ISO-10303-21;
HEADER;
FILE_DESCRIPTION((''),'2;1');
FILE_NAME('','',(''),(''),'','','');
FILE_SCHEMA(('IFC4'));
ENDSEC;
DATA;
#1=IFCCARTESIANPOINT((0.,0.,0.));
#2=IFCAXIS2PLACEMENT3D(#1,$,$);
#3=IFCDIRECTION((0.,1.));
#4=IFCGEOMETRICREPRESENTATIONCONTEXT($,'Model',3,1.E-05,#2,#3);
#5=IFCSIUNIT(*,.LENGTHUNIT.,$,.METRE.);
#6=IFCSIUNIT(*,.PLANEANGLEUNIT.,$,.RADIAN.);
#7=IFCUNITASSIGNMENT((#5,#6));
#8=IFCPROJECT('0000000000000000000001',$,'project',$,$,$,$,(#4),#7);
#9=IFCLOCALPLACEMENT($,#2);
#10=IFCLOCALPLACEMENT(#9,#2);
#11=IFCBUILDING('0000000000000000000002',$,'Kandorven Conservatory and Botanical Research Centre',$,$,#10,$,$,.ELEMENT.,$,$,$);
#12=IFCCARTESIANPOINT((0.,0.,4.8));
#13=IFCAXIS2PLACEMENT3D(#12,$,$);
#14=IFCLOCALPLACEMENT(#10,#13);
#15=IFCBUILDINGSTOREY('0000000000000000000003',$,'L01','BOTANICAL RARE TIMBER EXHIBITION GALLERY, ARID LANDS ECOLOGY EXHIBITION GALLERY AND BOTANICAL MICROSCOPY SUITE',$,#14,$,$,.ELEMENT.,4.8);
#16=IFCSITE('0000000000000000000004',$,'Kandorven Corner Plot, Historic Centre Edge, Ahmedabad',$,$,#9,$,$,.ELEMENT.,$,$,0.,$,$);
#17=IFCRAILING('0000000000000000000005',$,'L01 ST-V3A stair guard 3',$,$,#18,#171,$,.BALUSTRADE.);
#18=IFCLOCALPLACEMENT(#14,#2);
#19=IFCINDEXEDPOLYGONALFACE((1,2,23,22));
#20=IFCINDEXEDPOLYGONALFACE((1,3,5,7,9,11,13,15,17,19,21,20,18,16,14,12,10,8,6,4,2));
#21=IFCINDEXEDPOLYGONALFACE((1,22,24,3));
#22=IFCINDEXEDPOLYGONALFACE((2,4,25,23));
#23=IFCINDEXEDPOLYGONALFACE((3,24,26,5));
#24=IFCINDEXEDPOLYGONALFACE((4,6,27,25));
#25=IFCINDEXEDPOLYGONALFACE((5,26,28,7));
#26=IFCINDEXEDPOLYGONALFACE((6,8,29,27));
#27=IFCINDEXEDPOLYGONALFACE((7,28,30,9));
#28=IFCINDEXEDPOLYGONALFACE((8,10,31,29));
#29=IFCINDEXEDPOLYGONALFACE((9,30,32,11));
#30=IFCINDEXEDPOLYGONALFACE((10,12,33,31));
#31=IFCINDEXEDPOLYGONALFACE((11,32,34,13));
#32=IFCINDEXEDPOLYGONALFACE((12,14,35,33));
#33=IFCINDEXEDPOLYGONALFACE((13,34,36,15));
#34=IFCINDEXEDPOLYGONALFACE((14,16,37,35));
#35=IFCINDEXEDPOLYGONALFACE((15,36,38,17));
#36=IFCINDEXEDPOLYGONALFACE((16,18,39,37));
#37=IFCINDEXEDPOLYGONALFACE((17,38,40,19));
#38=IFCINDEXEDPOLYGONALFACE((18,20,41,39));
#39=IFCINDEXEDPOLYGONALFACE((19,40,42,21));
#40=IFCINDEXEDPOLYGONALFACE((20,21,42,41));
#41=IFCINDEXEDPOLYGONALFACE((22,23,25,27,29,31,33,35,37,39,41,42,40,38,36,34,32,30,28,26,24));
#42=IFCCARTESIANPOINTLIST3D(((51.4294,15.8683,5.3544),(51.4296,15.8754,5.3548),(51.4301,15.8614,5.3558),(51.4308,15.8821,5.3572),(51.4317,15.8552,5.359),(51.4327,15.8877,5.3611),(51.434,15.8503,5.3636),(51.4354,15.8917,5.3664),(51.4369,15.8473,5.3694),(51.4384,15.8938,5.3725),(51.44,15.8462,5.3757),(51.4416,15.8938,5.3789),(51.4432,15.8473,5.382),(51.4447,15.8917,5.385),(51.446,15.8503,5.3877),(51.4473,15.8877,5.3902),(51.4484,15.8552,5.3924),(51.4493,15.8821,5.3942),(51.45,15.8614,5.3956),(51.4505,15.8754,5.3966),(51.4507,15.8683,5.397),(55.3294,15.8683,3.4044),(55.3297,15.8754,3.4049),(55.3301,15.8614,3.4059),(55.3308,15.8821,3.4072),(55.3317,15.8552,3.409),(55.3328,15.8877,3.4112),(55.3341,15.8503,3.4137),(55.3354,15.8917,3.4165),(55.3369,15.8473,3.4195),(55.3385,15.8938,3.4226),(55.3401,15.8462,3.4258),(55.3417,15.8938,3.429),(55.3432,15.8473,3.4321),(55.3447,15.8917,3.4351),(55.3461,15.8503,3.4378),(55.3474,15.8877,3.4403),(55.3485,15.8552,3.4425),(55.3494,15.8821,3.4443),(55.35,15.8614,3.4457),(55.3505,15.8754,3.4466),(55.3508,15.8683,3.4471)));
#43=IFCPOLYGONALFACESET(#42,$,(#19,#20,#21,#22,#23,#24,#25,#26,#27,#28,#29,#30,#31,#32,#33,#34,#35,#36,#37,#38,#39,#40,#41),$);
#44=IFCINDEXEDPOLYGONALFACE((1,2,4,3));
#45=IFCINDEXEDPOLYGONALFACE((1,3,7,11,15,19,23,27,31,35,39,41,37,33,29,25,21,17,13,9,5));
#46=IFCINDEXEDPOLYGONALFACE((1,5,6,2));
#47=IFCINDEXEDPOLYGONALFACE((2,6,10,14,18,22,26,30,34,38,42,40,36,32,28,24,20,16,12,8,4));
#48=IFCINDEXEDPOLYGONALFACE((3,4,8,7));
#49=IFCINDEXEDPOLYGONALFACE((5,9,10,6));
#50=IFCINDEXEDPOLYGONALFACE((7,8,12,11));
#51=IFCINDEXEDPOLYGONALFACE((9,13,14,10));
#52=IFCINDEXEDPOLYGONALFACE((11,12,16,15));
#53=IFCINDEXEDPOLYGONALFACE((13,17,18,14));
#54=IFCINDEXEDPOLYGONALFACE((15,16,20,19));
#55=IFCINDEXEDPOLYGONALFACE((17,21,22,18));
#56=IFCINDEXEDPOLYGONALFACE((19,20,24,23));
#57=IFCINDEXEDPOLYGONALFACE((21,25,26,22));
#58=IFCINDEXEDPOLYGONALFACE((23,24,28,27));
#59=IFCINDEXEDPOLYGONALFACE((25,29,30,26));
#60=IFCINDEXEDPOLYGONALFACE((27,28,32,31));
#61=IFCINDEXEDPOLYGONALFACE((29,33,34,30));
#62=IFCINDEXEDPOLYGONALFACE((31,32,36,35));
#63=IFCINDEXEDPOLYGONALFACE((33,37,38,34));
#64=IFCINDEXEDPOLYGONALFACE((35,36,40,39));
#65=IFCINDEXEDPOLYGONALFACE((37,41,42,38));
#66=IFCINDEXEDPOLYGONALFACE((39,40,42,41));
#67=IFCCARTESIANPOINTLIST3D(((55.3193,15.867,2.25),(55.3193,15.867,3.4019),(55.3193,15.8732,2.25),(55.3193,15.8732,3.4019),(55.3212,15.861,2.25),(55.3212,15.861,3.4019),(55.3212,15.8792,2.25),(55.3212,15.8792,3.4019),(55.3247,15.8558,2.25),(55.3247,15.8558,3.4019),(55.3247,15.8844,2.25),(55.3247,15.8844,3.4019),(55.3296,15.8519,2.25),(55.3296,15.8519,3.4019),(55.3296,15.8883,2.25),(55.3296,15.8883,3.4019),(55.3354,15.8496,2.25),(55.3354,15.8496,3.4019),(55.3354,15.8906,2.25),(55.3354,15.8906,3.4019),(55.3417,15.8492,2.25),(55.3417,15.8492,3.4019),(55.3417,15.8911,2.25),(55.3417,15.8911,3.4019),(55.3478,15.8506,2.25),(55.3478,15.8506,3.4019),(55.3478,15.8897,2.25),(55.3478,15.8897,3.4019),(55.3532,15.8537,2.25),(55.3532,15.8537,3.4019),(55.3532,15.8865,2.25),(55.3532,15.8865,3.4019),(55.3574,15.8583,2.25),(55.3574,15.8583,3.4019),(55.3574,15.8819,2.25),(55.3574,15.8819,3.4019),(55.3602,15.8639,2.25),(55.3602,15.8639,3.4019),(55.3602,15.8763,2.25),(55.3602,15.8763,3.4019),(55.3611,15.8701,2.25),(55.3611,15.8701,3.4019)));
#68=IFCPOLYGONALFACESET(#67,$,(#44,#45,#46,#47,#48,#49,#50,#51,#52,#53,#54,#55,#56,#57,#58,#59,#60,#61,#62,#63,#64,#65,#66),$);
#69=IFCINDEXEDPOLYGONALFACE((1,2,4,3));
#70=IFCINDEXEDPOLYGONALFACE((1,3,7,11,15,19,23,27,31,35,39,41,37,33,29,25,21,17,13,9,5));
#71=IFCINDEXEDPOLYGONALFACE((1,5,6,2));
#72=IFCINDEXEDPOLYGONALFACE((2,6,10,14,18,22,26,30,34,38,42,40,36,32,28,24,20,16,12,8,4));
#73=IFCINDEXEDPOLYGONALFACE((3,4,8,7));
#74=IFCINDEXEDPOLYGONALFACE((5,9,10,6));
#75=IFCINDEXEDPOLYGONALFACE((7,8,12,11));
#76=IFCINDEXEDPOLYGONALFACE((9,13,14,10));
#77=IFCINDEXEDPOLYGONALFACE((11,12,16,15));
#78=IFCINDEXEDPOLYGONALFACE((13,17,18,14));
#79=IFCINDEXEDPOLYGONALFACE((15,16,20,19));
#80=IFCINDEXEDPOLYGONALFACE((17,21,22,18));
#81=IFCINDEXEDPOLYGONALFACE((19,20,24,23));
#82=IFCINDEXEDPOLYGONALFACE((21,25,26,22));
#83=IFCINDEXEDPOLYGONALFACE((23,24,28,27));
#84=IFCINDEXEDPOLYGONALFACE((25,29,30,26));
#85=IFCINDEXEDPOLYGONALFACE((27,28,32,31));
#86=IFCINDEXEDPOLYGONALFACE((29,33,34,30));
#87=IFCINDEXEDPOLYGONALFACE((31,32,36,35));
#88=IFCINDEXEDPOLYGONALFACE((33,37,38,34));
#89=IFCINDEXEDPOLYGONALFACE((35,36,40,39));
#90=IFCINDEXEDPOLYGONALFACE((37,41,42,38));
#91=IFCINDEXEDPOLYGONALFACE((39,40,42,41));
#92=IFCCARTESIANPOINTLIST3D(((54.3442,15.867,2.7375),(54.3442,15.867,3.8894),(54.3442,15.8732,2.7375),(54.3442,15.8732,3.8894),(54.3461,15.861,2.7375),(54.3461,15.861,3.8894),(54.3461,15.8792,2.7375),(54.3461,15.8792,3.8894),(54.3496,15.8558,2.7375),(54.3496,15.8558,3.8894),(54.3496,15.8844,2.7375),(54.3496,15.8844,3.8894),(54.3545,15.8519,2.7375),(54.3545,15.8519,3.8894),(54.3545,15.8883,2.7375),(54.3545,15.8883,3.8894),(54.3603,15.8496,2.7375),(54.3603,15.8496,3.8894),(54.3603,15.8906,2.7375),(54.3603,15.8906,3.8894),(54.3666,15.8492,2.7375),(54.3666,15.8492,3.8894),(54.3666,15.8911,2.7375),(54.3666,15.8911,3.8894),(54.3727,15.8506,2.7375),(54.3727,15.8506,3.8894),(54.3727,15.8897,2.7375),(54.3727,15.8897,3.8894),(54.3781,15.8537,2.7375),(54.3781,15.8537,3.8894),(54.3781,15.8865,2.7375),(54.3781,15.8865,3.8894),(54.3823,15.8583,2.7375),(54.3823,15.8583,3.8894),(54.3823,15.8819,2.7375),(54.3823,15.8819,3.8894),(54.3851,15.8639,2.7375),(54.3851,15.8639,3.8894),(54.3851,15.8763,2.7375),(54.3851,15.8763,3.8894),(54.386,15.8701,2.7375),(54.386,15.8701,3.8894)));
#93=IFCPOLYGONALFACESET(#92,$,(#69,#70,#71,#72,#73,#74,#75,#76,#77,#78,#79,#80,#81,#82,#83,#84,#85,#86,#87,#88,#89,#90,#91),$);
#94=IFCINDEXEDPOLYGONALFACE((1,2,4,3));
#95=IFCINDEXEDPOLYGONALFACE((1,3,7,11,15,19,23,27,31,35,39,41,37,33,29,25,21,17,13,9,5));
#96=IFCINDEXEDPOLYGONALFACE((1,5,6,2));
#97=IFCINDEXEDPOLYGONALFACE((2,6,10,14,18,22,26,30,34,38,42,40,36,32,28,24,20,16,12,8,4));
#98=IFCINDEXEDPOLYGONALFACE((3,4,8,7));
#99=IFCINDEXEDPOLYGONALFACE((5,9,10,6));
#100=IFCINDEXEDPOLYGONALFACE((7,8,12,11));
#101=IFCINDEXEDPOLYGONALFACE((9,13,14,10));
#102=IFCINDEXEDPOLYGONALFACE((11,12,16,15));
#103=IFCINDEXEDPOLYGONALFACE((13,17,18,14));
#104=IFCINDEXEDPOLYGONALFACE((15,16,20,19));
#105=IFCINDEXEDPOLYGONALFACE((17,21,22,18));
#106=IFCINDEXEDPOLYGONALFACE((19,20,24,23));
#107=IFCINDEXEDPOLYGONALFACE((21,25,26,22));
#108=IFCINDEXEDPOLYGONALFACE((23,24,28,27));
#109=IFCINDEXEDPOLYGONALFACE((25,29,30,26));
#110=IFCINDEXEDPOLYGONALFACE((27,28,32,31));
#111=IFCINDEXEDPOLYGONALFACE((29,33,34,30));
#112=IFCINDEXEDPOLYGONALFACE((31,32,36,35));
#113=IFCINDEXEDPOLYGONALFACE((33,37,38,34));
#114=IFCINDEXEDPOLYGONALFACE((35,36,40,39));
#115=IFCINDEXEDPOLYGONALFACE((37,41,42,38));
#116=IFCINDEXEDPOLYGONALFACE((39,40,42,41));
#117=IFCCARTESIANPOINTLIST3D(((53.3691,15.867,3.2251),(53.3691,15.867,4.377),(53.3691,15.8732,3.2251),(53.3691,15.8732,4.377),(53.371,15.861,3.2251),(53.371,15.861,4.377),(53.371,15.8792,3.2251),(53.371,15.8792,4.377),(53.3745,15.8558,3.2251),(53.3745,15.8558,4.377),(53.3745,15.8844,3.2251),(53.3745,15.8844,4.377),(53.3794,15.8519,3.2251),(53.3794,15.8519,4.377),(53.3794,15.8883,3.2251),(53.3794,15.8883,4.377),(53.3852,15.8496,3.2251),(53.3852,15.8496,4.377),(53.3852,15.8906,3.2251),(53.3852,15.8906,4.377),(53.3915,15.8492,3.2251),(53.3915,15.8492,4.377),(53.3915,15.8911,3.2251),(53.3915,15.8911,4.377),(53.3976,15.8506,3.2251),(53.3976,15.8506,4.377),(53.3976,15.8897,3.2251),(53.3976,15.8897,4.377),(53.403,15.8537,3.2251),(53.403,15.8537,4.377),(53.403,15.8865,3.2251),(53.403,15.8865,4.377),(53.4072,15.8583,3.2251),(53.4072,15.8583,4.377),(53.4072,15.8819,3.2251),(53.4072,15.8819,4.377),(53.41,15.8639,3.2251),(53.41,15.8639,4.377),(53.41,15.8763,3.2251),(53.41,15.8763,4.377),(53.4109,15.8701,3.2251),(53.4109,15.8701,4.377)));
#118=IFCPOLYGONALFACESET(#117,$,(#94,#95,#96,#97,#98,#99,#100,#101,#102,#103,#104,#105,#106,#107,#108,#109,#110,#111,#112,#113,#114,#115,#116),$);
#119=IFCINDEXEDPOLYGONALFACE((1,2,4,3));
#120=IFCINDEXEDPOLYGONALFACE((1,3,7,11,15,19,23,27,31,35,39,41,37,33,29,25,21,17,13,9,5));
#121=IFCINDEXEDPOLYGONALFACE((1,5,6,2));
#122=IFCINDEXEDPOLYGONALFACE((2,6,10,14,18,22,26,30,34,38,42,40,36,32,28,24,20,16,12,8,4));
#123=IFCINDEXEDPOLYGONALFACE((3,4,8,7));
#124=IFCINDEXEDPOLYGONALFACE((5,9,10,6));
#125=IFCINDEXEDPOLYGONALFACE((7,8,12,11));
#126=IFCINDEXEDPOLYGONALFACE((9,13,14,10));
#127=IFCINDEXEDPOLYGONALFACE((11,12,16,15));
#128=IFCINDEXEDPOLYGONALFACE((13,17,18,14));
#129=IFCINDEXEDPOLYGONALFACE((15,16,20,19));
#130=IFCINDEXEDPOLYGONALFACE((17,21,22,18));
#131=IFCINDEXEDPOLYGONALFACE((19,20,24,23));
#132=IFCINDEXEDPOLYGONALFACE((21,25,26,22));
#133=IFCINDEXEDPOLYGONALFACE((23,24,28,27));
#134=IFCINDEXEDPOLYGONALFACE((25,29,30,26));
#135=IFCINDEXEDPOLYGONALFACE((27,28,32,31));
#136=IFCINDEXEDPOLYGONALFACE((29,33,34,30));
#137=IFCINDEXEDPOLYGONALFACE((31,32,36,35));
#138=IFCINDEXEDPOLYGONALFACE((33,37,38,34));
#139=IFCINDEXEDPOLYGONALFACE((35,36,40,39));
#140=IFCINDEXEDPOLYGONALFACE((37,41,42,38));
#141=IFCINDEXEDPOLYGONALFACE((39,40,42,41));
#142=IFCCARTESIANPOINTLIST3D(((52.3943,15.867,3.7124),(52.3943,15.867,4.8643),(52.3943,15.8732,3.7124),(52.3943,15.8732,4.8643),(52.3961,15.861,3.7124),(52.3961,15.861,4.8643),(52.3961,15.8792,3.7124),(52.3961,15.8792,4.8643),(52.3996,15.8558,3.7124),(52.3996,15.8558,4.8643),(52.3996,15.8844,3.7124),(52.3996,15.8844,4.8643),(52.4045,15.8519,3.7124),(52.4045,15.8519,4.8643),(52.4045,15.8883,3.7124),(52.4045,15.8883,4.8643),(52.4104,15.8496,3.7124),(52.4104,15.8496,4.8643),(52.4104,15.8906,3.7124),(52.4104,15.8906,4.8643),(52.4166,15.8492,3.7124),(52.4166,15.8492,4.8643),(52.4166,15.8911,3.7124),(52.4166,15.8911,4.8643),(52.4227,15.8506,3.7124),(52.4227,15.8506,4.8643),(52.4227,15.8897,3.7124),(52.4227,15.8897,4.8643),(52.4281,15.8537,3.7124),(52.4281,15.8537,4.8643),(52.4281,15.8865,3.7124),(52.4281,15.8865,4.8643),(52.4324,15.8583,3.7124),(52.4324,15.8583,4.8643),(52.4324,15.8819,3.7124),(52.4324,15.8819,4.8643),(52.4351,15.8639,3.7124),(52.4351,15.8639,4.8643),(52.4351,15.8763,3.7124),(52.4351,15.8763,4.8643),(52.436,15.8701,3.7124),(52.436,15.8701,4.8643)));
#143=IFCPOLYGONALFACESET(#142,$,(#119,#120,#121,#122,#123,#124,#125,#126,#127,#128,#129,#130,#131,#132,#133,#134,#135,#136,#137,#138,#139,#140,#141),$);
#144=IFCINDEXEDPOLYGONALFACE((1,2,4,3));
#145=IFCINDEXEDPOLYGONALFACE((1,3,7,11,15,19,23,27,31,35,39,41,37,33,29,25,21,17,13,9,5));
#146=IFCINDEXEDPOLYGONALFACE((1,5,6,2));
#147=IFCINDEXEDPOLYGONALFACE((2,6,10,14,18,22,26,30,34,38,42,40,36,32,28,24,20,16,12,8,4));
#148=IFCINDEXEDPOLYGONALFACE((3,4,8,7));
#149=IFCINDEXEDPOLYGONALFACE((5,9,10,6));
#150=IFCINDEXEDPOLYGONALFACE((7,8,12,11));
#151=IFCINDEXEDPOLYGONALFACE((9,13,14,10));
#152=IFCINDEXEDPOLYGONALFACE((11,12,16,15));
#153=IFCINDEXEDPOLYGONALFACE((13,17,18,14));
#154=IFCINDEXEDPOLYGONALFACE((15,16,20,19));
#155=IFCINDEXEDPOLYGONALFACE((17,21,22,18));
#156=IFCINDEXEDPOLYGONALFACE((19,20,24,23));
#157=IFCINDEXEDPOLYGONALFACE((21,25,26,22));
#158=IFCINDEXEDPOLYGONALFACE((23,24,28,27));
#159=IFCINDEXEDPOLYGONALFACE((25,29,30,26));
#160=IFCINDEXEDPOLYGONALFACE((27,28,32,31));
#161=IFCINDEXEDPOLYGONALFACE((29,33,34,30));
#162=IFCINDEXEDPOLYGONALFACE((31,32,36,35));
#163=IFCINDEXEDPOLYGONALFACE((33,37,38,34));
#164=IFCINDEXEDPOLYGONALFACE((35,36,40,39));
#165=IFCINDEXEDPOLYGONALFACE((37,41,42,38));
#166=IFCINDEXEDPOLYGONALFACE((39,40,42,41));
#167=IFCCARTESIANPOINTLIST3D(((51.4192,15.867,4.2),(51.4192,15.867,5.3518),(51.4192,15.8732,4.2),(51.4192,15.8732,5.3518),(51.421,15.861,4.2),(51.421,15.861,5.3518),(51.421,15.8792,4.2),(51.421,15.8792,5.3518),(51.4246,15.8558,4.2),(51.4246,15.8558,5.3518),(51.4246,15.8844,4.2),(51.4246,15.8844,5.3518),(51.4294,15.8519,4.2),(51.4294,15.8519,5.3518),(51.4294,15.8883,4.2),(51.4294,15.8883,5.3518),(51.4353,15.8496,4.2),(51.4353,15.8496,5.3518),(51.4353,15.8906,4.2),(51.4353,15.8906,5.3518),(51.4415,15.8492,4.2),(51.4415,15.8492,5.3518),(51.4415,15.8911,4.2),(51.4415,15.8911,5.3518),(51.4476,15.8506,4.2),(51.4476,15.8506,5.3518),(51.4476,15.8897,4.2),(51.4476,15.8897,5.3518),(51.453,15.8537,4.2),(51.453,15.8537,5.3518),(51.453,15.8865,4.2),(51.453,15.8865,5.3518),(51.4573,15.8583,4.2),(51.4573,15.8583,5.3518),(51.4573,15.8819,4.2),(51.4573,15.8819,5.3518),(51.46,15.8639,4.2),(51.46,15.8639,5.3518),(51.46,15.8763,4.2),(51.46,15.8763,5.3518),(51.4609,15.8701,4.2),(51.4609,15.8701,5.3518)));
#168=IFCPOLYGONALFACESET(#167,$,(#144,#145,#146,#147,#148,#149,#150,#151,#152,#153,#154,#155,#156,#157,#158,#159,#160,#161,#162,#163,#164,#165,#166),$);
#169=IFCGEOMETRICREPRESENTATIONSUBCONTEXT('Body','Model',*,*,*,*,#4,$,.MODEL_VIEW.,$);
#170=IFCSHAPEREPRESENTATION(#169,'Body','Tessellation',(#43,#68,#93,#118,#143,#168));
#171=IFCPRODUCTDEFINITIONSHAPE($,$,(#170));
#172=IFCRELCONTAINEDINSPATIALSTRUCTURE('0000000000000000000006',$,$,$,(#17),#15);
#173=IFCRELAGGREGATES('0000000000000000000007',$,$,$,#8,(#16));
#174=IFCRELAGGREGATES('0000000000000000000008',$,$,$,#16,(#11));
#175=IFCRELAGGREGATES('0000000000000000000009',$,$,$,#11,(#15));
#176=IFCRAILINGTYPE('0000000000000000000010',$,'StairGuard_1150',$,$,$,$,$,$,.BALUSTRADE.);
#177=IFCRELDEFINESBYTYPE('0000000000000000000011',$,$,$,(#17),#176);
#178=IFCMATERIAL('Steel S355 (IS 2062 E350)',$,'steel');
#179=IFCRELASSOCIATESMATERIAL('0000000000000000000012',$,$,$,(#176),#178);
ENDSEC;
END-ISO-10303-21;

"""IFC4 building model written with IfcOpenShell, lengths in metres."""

from ifc_helpers import new_model, si_unit, direction, frame, origin, origin_2d, place, context, subcontext, project, spatial, circle, extrude, material, type_object, element, save


model = new_model("IFC4")

# Units and contexts
model_context = context("Model", 3, precision=1e-05, world=origin(), true_north=direction((0.0, 1.0)))
body_context = subcontext(model_context, "Body", "Model", "MODEL_VIEW")
ifc_project = project(units=[si_unit("LENGTHUNIT", "METRE"), si_unit("PLANEANGLEUNIT", "RADIAN")], contexts=[model_context])

# Site, building, storey
site_placement = place(None, origin())
site = spatial("IfcSite", under=ifc_project, at=site_placement, Name="Kandorven Corner Plot, Historic Centre Edge, Ahmedabad", CompositionType="ELEMENT", RefElevation=0.0)
building_placement = place(site_placement, origin())
building = spatial("IfcBuilding", under=site, at=building_placement, Name="Kandorven Conservatory and Botanical Research Centre", CompositionType="ELEMENT")
storey_placement = place(building_placement, frame((0.0, 0.0, 4.8)))
storey = spatial("IfcBuildingStorey", under=building, at=storey_placement, Name="L01", Description="BOTANICAL RARE TIMBER EXHIBITION GALLERY, ARID LANDS ECOLOGY EXHIBITION GALLERY AND BOTANICAL MICROSCOPY SUITE", CompositionType="ELEMENT", Elevation=4.8)

# Railing
ifc_material_1 = material(Name="Steel S355 (IS 2062 E350)", Category="steel")
railing_type_1 = type_object("IfcRailingType", Name="StairGuard_1150", PredefinedType="BALUSTRADE", material=ifc_material_1)
railing_1_placement = place(storey_placement, frame((55.3401, 15.8701, 2.25)))
element("IfcRailing", 1, at=railing_1_placement, inside=storey, type_object=railing_type_1, Name="L01 ST-V3A stair guard 3", PredefinedType="BALUSTRADE", context=body_context, shape_type="SweptSolid", body=[
    extrude(circle(Radius=0.0239, at=origin_2d()), frame((0.0, 0.0, 1.1758), z_axis=(-0.894438, 0.0, 0.447191), x_axis=(0.0, -1.0, 0.0)), (0.0, 0.0, 1.0), 4.3604),
    extrude(circle(Radius=0.021, at=origin_2d()), origin(), (0.0, 0.0, 1.0), 1.1519),
    extrude(circle(Radius=0.021, at=origin_2d()), frame((-0.9751, 0.0, 0.4875)), (0.0, 0.0, 1.0), 1.1519),
    extrude(circle(Radius=0.021, at=origin_2d()), frame((-1.9502, 0.0, 0.9751)), (0.0, 0.0, 1.0), 1.1519),
    extrude(circle(Radius=0.021, at=origin_2d()), frame((-2.925, 0.0, 1.4624)), (0.0, 0.0, 1.0), 1.1519),
    extrude(circle(Radius=0.021, at=origin_2d()), frame((-3.9001, 0.0, 1.95)), (0.0, 0.0, 1.0), 1.1519),
])

save(model, "model.ifc")
